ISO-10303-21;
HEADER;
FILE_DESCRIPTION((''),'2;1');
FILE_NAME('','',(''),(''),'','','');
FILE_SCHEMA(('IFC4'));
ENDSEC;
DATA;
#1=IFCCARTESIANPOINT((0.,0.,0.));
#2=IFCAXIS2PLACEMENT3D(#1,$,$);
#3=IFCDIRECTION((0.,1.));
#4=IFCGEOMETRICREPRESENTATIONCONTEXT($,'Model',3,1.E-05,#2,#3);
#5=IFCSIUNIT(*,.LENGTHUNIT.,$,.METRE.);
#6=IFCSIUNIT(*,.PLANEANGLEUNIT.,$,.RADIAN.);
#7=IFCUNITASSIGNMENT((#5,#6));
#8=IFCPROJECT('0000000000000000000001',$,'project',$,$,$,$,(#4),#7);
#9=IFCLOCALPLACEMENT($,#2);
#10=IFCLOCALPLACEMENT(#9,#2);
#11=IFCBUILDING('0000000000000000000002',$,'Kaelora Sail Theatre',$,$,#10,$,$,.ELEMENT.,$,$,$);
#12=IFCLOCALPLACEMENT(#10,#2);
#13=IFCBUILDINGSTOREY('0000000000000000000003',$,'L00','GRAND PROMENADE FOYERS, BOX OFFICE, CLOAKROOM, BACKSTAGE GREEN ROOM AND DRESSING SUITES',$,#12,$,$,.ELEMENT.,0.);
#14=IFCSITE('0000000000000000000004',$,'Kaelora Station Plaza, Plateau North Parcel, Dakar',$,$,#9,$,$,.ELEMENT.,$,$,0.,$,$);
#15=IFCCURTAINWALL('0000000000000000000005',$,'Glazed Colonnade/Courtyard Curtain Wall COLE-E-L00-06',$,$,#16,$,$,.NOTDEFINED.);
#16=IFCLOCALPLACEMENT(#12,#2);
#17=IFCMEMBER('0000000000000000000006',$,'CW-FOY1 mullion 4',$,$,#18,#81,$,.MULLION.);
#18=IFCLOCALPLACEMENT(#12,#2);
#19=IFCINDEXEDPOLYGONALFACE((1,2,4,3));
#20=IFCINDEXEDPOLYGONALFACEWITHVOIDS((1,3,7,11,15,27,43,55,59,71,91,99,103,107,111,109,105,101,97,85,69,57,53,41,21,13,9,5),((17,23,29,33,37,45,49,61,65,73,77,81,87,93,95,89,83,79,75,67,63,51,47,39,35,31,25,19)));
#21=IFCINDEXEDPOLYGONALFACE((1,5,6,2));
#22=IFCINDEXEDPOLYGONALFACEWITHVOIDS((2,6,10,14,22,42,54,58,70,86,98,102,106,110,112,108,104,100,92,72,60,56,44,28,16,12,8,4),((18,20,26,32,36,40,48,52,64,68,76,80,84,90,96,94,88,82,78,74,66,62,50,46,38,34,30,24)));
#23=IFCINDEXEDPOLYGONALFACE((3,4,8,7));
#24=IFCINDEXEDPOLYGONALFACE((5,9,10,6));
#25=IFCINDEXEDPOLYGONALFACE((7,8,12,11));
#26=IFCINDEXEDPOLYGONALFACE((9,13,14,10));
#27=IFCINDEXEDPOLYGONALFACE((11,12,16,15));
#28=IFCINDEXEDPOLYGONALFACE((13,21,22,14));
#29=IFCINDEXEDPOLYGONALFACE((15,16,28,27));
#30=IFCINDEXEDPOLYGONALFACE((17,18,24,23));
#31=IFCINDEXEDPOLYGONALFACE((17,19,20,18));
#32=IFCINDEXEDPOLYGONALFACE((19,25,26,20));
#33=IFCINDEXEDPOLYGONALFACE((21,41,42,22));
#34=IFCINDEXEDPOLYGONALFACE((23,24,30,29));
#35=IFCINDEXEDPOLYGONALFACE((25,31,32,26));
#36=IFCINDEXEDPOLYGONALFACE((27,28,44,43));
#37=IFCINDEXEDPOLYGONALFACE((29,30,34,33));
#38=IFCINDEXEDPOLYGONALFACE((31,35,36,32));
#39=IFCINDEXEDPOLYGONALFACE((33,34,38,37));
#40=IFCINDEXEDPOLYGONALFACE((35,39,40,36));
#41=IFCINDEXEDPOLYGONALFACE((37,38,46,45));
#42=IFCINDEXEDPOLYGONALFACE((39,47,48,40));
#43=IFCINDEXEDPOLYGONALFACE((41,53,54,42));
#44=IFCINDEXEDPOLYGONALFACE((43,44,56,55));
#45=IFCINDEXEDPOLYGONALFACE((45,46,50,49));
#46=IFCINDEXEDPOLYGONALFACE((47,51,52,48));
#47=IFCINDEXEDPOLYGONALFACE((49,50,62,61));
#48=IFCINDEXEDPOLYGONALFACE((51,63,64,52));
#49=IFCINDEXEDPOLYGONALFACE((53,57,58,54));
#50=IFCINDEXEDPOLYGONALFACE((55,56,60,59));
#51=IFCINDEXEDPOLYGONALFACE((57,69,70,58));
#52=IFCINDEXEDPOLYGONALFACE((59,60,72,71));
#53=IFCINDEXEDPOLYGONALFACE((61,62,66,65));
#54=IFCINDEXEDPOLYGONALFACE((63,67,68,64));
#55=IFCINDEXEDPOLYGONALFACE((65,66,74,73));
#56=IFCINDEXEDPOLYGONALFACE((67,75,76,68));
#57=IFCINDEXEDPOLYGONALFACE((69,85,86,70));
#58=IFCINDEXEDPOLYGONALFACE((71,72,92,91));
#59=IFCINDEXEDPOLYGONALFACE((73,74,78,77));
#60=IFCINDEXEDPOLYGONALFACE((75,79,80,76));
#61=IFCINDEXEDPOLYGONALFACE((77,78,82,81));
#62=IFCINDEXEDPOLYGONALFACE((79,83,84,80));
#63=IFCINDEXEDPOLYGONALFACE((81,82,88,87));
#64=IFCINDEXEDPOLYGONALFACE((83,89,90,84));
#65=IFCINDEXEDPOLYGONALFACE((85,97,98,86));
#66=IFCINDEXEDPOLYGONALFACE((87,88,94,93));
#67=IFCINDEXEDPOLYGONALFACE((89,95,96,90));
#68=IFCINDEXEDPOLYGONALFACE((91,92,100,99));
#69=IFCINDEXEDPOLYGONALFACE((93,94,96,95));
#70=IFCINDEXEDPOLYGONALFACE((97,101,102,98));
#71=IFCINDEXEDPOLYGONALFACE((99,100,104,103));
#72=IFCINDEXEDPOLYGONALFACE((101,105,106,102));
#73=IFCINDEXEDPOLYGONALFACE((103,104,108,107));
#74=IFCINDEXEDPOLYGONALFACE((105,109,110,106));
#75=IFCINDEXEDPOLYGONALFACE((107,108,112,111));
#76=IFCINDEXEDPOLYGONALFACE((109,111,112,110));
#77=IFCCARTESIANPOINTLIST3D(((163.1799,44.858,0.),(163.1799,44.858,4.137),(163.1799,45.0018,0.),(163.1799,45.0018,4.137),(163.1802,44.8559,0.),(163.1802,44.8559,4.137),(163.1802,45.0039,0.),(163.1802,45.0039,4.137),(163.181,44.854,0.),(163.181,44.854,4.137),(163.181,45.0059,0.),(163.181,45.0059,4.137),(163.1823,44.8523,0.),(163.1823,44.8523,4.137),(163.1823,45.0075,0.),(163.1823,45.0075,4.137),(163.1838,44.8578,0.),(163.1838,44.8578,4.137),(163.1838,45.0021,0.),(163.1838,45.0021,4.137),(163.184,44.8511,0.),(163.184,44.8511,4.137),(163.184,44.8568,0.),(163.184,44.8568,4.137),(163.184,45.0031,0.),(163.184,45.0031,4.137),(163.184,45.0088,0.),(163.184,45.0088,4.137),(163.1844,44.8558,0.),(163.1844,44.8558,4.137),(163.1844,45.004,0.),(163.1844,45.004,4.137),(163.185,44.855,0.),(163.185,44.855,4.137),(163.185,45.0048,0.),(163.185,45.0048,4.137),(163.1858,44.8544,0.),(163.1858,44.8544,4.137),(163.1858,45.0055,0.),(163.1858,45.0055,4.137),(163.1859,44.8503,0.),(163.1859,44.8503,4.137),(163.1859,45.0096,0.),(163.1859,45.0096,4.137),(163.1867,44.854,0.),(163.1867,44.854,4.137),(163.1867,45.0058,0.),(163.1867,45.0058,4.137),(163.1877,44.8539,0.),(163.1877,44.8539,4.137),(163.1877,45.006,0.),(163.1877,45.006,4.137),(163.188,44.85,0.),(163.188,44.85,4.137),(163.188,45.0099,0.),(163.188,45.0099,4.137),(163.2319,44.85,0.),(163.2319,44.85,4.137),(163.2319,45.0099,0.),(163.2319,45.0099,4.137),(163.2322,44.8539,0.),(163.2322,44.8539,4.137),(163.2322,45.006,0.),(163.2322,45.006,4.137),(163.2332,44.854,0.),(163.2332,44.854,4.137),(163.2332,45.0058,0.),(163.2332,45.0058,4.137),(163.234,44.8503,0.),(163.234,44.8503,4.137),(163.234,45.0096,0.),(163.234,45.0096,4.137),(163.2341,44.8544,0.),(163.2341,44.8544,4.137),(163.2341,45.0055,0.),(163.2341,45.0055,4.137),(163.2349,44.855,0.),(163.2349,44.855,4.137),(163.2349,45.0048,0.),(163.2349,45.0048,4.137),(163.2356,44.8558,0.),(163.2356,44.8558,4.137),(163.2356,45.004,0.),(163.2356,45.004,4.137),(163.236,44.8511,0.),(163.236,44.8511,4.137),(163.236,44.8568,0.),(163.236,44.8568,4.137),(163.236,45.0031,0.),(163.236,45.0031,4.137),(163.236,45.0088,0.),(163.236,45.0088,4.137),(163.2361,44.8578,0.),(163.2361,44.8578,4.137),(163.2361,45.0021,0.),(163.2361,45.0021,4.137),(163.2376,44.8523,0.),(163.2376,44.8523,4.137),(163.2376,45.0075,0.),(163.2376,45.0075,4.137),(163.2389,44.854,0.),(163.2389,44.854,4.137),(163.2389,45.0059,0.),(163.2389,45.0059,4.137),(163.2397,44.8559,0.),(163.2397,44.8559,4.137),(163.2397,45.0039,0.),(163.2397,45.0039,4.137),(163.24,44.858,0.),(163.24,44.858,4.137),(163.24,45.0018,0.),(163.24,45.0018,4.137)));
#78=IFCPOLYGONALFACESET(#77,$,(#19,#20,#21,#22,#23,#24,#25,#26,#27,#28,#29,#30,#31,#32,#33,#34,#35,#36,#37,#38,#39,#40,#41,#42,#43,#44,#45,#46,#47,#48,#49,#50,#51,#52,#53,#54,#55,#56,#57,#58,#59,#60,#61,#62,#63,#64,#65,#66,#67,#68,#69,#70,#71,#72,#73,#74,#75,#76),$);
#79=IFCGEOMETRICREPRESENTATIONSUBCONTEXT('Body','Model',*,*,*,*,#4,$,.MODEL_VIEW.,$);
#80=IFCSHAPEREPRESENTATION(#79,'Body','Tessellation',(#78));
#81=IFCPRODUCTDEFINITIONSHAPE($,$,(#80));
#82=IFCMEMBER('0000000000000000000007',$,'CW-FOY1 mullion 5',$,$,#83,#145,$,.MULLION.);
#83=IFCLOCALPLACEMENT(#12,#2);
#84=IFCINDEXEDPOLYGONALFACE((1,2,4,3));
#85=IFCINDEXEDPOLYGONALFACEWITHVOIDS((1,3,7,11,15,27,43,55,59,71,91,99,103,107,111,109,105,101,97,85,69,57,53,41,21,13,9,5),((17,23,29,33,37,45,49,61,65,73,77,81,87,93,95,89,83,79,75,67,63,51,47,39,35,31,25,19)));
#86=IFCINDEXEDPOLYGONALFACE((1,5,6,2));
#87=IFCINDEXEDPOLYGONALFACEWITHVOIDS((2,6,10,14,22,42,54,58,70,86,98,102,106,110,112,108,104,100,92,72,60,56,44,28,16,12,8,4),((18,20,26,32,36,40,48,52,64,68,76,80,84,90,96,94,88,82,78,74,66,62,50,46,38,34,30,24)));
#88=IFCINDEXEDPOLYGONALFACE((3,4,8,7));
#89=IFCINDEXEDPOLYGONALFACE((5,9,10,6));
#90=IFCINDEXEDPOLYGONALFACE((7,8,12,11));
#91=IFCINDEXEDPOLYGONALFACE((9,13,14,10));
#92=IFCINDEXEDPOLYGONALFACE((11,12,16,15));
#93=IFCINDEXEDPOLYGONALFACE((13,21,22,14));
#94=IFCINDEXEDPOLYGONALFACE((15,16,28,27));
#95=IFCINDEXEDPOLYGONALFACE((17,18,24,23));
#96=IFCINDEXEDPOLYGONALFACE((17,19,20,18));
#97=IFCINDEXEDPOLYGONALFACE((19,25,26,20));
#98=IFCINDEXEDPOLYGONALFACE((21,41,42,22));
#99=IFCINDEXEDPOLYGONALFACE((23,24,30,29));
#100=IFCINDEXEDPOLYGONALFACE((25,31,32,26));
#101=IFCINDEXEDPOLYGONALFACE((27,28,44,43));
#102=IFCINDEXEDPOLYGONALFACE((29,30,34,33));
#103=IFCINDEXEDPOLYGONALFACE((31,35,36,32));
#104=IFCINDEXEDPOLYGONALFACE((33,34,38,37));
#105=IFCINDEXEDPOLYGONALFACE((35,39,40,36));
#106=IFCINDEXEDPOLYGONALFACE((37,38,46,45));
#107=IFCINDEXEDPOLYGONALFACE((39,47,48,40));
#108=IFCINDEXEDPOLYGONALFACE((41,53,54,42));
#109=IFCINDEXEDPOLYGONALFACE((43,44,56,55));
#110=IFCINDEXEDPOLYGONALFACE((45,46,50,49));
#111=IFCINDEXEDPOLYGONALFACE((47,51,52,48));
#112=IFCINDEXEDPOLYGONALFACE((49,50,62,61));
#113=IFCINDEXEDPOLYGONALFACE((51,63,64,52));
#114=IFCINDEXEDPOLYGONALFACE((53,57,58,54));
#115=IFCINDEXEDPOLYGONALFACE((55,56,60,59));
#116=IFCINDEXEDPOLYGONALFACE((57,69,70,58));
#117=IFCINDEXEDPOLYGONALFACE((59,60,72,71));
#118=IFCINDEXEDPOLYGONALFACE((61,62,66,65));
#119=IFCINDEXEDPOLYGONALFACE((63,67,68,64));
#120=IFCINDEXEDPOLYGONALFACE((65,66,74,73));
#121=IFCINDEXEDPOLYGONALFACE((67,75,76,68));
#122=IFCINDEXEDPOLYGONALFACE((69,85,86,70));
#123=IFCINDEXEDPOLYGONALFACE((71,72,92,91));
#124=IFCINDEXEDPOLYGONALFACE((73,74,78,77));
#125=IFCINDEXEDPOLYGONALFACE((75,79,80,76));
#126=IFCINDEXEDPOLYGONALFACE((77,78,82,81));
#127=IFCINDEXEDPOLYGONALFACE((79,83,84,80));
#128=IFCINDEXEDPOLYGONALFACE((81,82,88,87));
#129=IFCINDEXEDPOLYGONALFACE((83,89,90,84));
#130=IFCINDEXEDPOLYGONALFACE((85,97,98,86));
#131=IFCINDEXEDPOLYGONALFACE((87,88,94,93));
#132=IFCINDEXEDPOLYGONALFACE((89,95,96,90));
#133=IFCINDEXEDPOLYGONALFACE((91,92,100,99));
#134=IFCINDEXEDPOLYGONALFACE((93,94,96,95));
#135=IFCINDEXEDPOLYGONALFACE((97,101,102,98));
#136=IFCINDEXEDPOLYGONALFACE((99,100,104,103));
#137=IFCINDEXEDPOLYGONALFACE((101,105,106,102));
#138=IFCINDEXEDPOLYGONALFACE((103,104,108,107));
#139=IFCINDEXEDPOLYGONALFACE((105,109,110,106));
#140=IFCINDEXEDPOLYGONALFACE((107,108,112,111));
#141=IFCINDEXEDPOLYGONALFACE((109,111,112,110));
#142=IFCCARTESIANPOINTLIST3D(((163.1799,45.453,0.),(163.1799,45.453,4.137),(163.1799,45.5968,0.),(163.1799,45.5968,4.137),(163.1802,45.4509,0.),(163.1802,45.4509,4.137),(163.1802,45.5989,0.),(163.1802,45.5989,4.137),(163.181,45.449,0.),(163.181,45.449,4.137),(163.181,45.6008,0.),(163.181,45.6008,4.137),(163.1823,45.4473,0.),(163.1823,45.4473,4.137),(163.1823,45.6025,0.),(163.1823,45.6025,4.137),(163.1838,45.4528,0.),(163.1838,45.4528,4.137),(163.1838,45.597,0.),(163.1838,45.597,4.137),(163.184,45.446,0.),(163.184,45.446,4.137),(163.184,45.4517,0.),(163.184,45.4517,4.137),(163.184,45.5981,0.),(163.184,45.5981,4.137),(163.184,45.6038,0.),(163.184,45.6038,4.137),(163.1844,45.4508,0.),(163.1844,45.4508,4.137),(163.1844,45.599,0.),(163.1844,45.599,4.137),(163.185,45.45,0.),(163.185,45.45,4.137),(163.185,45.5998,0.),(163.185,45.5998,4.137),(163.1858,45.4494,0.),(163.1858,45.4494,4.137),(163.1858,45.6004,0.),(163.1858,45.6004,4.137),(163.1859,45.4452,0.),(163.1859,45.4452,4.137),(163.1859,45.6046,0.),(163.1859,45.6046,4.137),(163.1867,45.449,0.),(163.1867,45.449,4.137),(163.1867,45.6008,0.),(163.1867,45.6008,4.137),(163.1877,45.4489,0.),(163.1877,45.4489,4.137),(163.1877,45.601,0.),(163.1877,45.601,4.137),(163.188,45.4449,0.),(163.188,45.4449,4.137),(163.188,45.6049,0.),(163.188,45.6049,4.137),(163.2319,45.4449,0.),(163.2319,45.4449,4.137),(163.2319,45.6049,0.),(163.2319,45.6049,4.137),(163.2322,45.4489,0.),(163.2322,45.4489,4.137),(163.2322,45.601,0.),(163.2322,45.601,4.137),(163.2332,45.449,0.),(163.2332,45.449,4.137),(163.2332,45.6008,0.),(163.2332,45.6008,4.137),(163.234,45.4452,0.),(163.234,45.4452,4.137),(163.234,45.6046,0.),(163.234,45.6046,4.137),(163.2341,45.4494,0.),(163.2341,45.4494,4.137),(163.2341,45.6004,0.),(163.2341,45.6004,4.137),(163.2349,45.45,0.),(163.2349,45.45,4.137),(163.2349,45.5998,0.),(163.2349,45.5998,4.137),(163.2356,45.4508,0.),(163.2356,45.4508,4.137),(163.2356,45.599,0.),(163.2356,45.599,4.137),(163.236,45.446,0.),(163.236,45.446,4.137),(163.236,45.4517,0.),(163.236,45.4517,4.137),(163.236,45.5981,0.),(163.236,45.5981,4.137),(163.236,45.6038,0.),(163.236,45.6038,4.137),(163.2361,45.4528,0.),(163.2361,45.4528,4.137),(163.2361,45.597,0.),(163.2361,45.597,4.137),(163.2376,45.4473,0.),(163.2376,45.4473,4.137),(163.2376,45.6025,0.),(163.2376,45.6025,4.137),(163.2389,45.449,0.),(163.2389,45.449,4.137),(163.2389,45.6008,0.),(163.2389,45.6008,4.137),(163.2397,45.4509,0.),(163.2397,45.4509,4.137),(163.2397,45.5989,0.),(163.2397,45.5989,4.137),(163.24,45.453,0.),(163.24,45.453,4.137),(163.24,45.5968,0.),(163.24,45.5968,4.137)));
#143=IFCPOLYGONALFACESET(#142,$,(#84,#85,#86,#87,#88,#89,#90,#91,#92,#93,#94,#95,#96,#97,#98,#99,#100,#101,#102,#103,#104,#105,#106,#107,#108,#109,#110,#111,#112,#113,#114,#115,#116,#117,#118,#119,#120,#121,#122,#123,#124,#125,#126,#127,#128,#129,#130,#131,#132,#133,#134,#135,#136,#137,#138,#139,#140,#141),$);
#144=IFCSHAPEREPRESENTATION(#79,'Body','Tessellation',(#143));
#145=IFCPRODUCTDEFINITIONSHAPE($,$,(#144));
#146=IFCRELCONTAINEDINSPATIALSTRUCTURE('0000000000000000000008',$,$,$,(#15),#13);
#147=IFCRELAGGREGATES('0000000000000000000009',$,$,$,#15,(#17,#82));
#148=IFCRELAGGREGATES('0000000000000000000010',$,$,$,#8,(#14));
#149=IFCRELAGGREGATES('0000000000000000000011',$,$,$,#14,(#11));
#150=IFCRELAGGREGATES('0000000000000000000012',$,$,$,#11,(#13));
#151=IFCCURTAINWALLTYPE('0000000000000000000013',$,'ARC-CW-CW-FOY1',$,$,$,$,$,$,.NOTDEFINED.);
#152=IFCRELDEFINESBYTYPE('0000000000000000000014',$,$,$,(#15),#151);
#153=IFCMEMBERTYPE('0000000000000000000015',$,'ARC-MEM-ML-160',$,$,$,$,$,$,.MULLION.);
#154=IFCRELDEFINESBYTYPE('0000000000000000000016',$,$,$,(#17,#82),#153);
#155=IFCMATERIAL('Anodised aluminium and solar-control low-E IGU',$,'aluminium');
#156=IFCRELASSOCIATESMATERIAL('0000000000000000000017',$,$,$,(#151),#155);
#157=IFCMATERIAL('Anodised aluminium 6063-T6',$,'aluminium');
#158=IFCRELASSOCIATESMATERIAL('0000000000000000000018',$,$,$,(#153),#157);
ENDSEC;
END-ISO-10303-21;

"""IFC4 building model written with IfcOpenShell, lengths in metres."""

from ifc_helpers import new_model, si_unit, direction, frame, origin, origin_2d, place, context, subcontext, project, spatial, hollow_rectangle, extrude, material, material_profile, profile_set, type_object, element, aggregate, save


model = new_model("IFC4")

# Units and contexts
model_context = context("Model", 3, precision=1e-05, world=origin(), true_north=direction((0.0, 1.0)))
body_context = subcontext(model_context, "Body", "Model", "MODEL_VIEW")
ifc_project = project(units=[si_unit("LENGTHUNIT", "METRE"), si_unit("PLANEANGLEUNIT", "RADIAN")], contexts=[model_context])

# Site, building, storey
site_placement = place(None, origin())
site = spatial("IfcSite", under=ifc_project, at=site_placement, Name="Kaelora Station Plaza, Plateau North Parcel, Dakar", CompositionType="ELEMENT", RefElevation=0.0)
building_placement = place(site_placement, origin())
building = spatial("IfcBuilding", under=site, at=building_placement, Name="Kaelora Sail Theatre", CompositionType="ELEMENT")
storey_placement = place(building_placement, origin())
storey = spatial("IfcBuildingStorey", under=building, at=storey_placement, Name="L00", Description="GRAND PROMENADE FOYERS, BOX OFFICE, CLOAKROOM, BACKSTAGE GREEN ROOM AND DRESSING SUITES", CompositionType="ELEMENT", Elevation=0.0)

# Curtain wall, members
ifc_material_1 = material(Name="Anodised aluminium and solar-control low-E IGU", Category="aluminium")
curtain_wall_type = type_object("IfcCurtainWallType", Name="ARC-CW-CW-FOY1", PredefinedType="NOTDEFINED", material=ifc_material_1)
curtain_wall_1_placement = place(storey_placement, origin())
curtain_wall_1 = element("IfcCurtainWall", 1, at=curtain_wall_1_placement, inside=storey, type_object=curtain_wall_type, Name="Glazed Colonnade/Courtyard Curtain Wall COLE-E-L00-06", PredefinedType="NOTDEFINED")
ifc_material_2 = material(Name="Anodised aluminium 6063-T6", Category="aluminium")
ifc_material_profile_1 = material_profile(ifc_material_2, hollow_rectangle(XDim=0.0601, YDim=0.1599, WallThickness=0.0039, InnerFilletRadius=0.0039, OuterFilletRadius=0.0081, at=origin_2d()), Name="ALU-MULL 60x160x4")
ifc_profile_set_1 = profile_set([ifc_material_profile_1], Name="Anodised aluminium 6063-T6")
member_type_1 = type_object("IfcMemberType", Name="ARC-MEM-ML-160", PredefinedType="MULLION", material=ifc_profile_set_1)
member_1_placement = place(storey_placement, frame((163.21, 44.9299, 0.0), z_axis=(0.0, 0.0, 1.0), x_axis=(-1.0, 0.0, 0.0)))
member_1 = element("IfcMember", 2, at=member_1_placement, type_object=member_type_1, Name="CW-FOY1 mullion 4", PredefinedType="MULLION", context=body_context, shape_type="SweptSolid", body=[
    extrude(hollow_rectangle(XDim=0.0601, YDim=0.1599, WallThickness=0.0039, InnerFilletRadius=0.0039, OuterFilletRadius=0.0081, at=origin_2d()), origin(), (0.0, 0.0, 1.0), 4.137),
])
member_2_placement = place(storey_placement, frame((163.21, 45.5249, 0.0), z_axis=(0.0, 0.0, 1.0), x_axis=(-1.0, 0.0, 0.0)))
member_2 = element("IfcMember", 3, at=member_2_placement, type_object=member_type_1, Name="CW-FOY1 mullion 5", PredefinedType="MULLION", context=body_context, shape_type="SweptSolid", body=[
    extrude(hollow_rectangle(XDim=0.0601, YDim=0.1599, WallThickness=0.0039, InnerFilletRadius=0.0039, OuterFilletRadius=0.0081, at=origin_2d()), origin(), (0.0, 0.0, 1.0), 4.137),
])

aggregate(curtain_wall_1, [member_1, member_2])

save(model, "model.ifc")
